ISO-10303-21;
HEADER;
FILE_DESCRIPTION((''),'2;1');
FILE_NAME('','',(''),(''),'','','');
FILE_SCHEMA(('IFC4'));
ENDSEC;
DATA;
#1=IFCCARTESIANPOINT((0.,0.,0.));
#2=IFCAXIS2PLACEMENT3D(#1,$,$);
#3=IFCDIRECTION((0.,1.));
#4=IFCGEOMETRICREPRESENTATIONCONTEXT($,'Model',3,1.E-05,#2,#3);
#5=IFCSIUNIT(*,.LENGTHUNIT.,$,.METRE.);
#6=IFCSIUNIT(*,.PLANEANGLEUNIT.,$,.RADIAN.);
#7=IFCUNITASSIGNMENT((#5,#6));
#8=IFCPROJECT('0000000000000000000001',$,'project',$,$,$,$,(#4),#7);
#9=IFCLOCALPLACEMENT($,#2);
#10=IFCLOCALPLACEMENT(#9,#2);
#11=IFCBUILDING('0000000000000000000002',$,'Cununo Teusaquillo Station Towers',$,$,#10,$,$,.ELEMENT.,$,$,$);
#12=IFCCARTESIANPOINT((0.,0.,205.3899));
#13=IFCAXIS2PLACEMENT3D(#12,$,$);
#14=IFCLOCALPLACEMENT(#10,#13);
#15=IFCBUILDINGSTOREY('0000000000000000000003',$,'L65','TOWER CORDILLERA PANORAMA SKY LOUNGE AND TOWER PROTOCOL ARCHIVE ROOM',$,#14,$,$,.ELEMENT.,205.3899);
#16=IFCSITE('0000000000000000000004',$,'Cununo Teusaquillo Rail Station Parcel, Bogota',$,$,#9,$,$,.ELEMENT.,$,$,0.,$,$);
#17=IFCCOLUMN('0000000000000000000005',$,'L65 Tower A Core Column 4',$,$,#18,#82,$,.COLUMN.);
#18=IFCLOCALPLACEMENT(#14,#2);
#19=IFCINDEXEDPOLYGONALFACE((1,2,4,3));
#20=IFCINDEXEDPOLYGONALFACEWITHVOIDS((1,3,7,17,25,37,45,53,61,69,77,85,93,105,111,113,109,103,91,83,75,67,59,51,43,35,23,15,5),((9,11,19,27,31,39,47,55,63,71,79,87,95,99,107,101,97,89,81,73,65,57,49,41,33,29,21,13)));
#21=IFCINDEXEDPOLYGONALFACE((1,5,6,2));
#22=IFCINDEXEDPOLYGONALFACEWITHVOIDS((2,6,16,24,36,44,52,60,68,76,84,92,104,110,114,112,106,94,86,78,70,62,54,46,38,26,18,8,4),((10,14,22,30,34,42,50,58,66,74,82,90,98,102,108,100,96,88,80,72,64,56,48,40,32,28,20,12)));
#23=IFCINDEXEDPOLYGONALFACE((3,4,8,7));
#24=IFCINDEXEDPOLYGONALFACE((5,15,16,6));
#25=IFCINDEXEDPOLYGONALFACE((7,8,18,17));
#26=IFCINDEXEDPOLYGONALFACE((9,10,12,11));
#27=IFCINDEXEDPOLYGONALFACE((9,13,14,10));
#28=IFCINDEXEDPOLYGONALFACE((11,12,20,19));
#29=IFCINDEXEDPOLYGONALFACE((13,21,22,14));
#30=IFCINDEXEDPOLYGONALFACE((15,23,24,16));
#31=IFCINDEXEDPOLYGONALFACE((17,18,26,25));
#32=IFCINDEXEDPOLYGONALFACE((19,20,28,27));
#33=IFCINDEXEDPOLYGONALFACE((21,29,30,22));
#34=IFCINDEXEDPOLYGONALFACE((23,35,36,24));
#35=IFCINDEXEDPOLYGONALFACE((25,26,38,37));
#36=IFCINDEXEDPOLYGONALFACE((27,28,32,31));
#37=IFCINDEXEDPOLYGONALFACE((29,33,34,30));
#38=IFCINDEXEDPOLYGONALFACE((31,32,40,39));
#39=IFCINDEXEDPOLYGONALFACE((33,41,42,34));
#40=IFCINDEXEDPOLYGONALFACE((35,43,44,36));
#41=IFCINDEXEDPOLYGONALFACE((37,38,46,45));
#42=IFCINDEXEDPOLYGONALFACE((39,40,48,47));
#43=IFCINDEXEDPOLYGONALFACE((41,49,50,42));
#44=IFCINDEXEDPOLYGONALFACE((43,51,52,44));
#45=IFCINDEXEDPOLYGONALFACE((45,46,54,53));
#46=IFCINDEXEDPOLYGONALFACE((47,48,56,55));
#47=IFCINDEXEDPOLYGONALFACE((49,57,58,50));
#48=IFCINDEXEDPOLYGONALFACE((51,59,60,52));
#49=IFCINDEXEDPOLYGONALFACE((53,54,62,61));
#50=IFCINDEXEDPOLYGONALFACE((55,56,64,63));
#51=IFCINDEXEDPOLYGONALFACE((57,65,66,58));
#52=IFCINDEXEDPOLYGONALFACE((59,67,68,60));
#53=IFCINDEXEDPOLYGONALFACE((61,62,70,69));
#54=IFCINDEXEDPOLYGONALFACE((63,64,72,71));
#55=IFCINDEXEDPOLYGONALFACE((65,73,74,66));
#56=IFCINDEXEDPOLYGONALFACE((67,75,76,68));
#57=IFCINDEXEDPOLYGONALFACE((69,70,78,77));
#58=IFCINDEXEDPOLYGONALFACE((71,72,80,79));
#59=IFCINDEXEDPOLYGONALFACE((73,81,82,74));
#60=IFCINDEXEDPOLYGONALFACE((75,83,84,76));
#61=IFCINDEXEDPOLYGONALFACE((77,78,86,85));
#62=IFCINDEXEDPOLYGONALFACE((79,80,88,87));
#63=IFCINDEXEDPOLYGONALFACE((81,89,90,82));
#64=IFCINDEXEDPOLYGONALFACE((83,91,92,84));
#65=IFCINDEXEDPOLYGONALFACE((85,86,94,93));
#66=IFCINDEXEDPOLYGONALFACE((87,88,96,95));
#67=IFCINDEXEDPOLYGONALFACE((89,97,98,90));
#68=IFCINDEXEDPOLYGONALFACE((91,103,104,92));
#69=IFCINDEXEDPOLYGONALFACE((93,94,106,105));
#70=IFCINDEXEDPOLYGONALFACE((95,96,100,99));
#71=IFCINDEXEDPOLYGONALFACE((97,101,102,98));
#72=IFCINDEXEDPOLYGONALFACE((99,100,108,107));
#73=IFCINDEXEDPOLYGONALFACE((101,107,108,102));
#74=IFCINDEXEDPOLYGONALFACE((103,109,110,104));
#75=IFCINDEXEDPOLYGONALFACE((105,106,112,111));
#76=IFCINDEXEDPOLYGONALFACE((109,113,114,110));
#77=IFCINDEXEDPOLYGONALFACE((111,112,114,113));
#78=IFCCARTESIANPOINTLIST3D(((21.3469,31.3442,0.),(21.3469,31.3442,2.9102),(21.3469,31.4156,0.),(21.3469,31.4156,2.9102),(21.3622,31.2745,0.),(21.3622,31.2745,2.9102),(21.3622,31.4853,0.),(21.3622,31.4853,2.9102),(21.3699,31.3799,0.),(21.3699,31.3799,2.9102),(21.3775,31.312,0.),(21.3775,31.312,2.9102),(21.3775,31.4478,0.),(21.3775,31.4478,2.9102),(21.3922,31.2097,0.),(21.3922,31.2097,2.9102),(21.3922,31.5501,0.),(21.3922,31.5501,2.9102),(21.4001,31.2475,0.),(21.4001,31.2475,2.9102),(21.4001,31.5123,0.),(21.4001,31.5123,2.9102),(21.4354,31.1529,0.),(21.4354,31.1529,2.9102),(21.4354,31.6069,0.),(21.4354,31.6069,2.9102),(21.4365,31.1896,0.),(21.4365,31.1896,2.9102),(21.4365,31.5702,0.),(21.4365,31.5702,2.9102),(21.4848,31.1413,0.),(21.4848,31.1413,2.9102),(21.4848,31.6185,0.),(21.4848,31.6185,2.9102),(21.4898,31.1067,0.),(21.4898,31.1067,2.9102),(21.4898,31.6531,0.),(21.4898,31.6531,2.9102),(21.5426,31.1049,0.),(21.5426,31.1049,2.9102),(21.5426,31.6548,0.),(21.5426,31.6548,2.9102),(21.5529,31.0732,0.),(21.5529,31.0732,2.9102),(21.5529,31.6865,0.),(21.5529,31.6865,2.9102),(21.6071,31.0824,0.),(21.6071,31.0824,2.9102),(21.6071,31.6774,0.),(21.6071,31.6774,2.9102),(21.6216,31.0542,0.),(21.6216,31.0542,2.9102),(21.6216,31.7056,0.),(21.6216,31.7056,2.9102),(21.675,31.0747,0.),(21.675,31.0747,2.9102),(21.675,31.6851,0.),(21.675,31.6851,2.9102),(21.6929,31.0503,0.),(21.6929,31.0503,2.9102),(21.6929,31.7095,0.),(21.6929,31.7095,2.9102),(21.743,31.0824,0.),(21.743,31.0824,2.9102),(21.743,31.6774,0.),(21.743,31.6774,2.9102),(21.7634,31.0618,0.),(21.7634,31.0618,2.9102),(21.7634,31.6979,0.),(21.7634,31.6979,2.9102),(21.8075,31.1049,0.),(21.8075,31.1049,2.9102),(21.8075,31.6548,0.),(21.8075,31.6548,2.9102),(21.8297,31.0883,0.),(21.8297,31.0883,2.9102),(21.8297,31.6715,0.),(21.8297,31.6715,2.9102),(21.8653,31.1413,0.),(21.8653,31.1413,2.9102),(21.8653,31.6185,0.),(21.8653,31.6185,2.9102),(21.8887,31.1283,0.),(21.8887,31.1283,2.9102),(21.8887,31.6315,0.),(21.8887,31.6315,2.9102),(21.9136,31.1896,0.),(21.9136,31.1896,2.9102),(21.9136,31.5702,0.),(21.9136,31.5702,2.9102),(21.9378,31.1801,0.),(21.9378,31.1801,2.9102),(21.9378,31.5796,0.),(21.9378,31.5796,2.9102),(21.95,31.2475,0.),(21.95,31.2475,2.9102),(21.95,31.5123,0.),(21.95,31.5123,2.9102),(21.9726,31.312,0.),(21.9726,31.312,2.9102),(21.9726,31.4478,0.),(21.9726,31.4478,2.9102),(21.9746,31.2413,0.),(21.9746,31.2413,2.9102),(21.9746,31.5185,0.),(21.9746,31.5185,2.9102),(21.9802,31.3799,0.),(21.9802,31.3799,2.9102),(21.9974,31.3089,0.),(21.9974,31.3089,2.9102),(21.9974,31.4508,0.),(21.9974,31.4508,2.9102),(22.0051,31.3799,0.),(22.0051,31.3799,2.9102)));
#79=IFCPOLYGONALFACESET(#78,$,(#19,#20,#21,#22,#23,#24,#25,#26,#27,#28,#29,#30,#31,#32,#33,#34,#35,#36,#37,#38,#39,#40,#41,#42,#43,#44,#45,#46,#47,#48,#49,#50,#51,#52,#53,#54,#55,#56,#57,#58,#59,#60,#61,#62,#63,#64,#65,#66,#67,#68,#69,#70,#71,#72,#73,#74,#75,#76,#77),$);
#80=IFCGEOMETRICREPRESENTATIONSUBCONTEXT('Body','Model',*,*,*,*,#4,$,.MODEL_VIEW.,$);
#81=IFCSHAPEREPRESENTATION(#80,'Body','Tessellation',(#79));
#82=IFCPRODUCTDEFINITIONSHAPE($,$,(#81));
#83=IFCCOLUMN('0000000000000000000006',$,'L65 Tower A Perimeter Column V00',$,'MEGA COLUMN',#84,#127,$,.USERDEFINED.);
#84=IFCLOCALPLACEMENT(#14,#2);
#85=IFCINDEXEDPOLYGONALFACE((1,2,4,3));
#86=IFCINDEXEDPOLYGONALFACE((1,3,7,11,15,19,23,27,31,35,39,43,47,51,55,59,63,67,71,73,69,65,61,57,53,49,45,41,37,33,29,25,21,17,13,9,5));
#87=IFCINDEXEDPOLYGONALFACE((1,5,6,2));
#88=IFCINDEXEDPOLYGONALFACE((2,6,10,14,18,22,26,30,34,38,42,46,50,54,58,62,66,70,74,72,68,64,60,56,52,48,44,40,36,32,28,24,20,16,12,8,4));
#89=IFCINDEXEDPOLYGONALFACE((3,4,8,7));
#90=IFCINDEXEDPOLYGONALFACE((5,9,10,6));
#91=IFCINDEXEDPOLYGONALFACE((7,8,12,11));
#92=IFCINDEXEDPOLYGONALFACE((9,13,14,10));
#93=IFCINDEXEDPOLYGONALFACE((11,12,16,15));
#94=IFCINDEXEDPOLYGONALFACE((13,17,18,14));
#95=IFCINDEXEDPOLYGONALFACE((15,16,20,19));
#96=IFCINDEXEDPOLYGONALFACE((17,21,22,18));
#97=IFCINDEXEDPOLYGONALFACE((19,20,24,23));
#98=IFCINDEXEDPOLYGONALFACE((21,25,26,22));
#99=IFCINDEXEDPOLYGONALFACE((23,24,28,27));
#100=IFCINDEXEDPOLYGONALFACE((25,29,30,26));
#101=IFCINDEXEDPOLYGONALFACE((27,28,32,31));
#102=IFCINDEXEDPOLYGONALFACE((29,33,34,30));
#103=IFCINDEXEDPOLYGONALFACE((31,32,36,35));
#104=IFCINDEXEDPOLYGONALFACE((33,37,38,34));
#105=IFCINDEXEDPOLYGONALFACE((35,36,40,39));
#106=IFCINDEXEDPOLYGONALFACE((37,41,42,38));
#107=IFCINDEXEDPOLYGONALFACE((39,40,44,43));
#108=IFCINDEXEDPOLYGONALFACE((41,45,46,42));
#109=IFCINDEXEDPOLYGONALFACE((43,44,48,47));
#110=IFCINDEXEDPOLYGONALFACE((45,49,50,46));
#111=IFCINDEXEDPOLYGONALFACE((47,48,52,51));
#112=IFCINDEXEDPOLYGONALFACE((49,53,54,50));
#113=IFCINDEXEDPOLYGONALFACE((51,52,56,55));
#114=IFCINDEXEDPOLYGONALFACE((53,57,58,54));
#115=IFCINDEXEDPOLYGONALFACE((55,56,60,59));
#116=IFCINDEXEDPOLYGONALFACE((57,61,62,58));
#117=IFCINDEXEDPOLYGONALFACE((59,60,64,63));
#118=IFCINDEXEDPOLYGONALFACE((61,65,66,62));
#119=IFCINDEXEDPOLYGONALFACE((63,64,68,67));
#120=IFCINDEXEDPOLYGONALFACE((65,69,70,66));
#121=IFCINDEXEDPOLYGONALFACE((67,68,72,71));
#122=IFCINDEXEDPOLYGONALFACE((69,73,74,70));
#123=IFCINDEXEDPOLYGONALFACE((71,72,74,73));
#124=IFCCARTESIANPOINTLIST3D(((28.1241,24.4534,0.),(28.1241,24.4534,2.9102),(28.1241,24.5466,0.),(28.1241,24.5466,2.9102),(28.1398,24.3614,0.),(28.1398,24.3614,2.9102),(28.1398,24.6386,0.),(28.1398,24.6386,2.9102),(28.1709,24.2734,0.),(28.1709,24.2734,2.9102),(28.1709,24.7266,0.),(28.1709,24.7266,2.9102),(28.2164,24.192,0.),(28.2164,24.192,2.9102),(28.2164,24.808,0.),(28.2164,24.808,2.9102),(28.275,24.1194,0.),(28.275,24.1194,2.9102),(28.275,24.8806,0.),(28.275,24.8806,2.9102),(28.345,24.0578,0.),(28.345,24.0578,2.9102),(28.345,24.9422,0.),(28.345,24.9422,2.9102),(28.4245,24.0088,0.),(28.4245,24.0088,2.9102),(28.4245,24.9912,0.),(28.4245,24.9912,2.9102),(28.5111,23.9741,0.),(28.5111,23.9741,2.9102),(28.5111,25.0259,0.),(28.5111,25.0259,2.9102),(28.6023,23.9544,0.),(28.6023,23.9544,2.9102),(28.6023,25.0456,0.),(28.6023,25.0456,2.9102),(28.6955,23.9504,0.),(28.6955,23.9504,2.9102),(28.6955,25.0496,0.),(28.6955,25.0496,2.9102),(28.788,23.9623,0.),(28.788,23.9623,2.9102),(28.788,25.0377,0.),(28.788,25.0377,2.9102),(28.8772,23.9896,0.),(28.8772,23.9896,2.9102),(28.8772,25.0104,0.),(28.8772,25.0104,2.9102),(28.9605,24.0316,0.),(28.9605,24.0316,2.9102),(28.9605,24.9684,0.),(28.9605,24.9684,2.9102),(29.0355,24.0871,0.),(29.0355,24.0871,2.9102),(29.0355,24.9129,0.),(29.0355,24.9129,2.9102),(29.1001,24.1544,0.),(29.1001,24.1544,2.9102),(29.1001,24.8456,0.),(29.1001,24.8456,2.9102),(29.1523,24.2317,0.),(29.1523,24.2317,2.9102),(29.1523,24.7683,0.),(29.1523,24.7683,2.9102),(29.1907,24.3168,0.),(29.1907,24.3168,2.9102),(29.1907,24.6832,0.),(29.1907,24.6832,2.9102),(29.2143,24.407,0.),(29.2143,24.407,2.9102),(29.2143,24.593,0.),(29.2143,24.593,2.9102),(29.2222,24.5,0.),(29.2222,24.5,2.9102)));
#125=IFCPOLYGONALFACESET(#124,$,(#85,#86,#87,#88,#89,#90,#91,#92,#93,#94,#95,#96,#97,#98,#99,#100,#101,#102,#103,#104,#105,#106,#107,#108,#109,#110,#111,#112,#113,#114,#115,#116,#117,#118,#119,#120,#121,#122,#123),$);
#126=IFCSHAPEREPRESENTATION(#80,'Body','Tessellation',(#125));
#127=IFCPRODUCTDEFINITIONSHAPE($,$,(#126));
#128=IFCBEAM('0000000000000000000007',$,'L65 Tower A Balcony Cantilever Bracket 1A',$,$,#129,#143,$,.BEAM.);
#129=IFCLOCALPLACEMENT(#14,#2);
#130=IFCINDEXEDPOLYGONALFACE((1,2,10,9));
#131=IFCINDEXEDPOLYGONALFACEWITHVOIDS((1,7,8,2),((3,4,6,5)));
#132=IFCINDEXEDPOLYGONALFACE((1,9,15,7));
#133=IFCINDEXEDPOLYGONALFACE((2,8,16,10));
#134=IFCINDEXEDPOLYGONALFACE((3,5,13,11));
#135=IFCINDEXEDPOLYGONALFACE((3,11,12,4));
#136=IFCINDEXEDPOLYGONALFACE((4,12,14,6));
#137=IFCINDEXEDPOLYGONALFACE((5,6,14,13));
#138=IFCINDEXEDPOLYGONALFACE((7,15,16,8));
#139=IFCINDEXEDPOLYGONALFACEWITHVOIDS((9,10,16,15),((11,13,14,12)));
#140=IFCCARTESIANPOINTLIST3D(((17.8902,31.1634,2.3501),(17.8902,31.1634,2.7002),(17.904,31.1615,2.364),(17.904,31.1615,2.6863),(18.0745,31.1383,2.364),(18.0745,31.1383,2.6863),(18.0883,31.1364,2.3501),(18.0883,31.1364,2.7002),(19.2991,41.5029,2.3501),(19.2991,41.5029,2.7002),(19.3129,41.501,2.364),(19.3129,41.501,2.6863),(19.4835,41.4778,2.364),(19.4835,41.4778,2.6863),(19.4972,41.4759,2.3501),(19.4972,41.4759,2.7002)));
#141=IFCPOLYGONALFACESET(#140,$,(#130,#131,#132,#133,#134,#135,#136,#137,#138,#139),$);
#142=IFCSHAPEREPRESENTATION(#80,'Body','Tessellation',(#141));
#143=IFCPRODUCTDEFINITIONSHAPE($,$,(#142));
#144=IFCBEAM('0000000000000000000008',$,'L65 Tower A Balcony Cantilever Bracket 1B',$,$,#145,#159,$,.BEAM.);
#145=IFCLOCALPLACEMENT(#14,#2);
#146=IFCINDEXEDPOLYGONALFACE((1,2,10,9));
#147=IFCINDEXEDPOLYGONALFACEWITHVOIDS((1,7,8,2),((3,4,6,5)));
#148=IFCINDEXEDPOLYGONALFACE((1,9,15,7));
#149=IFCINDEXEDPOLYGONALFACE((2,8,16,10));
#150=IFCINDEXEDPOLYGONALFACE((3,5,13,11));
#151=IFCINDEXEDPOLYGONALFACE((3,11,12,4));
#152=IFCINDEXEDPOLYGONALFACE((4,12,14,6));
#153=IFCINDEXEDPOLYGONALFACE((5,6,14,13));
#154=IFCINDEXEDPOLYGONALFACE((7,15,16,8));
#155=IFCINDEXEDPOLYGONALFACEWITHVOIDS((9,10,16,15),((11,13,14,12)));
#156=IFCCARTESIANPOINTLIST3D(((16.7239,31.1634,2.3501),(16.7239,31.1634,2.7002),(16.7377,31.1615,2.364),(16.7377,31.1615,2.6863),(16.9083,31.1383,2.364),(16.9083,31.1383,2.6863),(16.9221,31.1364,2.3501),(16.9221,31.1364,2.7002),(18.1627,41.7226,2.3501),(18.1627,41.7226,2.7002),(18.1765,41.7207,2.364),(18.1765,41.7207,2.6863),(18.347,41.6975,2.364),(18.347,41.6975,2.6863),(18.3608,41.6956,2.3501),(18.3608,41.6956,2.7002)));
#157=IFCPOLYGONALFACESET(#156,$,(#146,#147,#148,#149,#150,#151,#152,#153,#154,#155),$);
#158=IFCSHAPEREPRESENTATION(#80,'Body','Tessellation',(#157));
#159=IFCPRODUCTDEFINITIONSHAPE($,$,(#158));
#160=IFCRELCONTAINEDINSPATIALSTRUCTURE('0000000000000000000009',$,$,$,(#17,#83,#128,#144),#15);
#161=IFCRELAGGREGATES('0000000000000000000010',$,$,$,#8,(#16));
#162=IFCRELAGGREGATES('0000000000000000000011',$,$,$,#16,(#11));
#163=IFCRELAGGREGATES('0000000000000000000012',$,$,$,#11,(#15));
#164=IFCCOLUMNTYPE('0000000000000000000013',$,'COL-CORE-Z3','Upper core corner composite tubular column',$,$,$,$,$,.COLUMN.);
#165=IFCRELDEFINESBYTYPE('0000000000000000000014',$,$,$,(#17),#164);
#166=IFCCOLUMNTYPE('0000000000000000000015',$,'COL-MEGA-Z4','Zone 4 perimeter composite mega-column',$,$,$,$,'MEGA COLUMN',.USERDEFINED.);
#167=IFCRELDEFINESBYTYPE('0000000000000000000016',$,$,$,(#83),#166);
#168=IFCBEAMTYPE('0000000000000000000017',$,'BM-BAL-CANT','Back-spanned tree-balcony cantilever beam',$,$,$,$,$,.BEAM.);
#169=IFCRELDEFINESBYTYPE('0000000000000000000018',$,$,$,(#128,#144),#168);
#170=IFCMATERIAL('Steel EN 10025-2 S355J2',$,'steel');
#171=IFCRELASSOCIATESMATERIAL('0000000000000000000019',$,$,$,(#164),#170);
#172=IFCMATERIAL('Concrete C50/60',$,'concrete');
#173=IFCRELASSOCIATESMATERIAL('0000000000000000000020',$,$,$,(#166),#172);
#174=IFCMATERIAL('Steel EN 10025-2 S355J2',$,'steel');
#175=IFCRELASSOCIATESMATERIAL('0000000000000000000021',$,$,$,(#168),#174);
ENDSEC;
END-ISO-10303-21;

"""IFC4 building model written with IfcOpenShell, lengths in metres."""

from ifc_helpers import new_model, si_unit, direction, frame, origin, origin_2d, place, context, subcontext, project, spatial, hollow_rectangle, circle, hollow_circle, extrude, material, material_profile, profile_set, type_object, element, save


model = new_model("IFC4")

# Units and contexts
model_context = context("Model", 3, precision=1e-05, world=origin(), true_north=direction((0.0, 1.0)))
body_context = subcontext(model_context, "Body", "Model", "MODEL_VIEW")
ifc_project = project(units=[si_unit("LENGTHUNIT", "METRE"), si_unit("PLANEANGLEUNIT", "RADIAN")], contexts=[model_context])

# Site, building, storey
site_placement = place(None, origin())
site = spatial("IfcSite", under=ifc_project, at=site_placement, Name="Cununo Teusaquillo Rail Station Parcel, Bogota", CompositionType="ELEMENT", RefElevation=0.0)
building_placement = place(site_placement, origin())
building = spatial("IfcBuilding", under=site, at=building_placement, Name="Cununo Teusaquillo Station Towers", CompositionType="ELEMENT")
storey_placement = place(building_placement, frame((0.0, 0.0, 205.3899)))
storey = spatial("IfcBuildingStorey", under=building, at=storey_placement, Name="L65", Description="TOWER CORDILLERA PANORAMA SKY LOUNGE AND TOWER PROTOCOL ARCHIVE ROOM", CompositionType="ELEMENT", Elevation=205.3899)

# Columns
ifc_material_1 = material(Name="Steel EN 10025-2 S355J2", Category="steel")
ifc_material_profile_1 = material_profile(ifc_material_1, hollow_circle(Radius=0.3301, WallThickness=0.0249, at=origin_2d()), Name="CHS 660x25")
ifc_profile_set_1 = profile_set([ifc_material_profile_1], Name="Steel EN 10025-2 S355J2")
column_type_1 = type_object("IfcColumnType", Name="COL-CORE-Z3", Description="Upper core corner composite tubular column", PredefinedType="COLUMN", material=ifc_profile_set_1)
column_1_placement = place(storey_placement, frame((21.675, 31.3799, 0.0), z_axis=(0.0, 0.0, 1.0), x_axis=(1.0, 0.0, 0.0)))
element("IfcColumn", 1, at=column_1_placement, inside=storey, type_object=column_type_1, Name="L65 Tower A Core Column 4", PredefinedType="COLUMN", context=body_context, shape_type="SweptSolid", body=[
    extrude(hollow_circle(Radius=0.3301, WallThickness=0.0249, at=origin_2d()), origin(), (0.0, 0.0, 1.0), 2.9102),
])
ifc_material_2 = material(Name="Concrete C50/60", Category="concrete")
ifc_material_profile_2 = material_profile(ifc_material_2, circle(Radius=0.55, at=origin_2d()), Name="RC-CIRC-1100")
ifc_profile_set_2 = profile_set([ifc_material_profile_2], Name="Concrete C50/60")
column_type_2 = type_object("IfcColumnType", Name="COL-MEGA-Z4", Description="Zone 4 perimeter composite mega-column", ElementType="MEGA COLUMN", PredefinedType="USERDEFINED", material=ifc_profile_set_2)
column_2_placement = place(storey_placement, frame((28.6721, 24.5, 0.0), z_axis=(0.0, 0.0, 1.0), x_axis=(1.0, 0.0, 0.0)))
element("IfcColumn", 2, at=column_2_placement, inside=storey, type_object=column_type_2, Name="L65 Tower A Perimeter Column V00", ObjectType="MEGA COLUMN", PredefinedType="USERDEFINED", context=body_context, shape_type="SweptSolid", body=[
    extrude(circle(Radius=0.55, at=origin_2d()), origin(), (0.0, 0.0, 1.0), 2.9102),
])

# Beams
ifc_material_3 = material(Name="Steel EN 10025-2 S355J2", Category="steel")
ifc_material_profile_3 = material_profile(ifc_material_3, hollow_rectangle(XDim=0.2, YDim=0.3501, WallThickness=0.0139, at=origin_2d()), Name="RHS 350x200x14")
ifc_profile_set_3 = profile_set([ifc_material_profile_3], Name="Steel EN 10025-2 S355J2")
beam_type_1 = type_object("IfcBeamType", Name="BM-BAL-CANT", Description="Back-spanned tree-balcony cantilever beam", PredefinedType="BEAM", material=ifc_profile_set_3)
beam_1_placement = place(storey_placement, frame((17.9893, 31.1499, 2.5251), z_axis=(0.135018, 0.990843, 0.0), x_axis=(-0.990843, 0.135018, 0.0)))
element("IfcBeam", 3, at=beam_1_placement, inside=storey, type_object=beam_type_1, Name="L65 Tower A Balcony Cantilever Bracket 1A", PredefinedType="BEAM", context=body_context, shape_type="SweptSolid", body=[
    extrude(hollow_rectangle(XDim=0.2, YDim=0.3501, WallThickness=0.0139, at=origin_2d()), origin(), (0.0, 0.0, 1.0), 10.4351),
])
beam_2_placement = place(storey_placement, frame((16.823, 31.1499, 2.5251), z_axis=(0.135007, 0.990845, 0.0), x_axis=(-0.990845, 0.135007, 0.0)))
element("IfcBeam", 4, at=beam_2_placement, inside=storey, type_object=beam_type_1, Name="L65 Tower A Balcony Cantilever Bracket 1B", PredefinedType="BEAM", context=body_context, shape_type="SweptSolid", body=[
    extrude(hollow_rectangle(XDim=0.2, YDim=0.3501, WallThickness=0.0139, at=origin_2d()), origin(), (0.0, 0.0, 1.0), 10.6567),
])

save(model, "model.ifc")
